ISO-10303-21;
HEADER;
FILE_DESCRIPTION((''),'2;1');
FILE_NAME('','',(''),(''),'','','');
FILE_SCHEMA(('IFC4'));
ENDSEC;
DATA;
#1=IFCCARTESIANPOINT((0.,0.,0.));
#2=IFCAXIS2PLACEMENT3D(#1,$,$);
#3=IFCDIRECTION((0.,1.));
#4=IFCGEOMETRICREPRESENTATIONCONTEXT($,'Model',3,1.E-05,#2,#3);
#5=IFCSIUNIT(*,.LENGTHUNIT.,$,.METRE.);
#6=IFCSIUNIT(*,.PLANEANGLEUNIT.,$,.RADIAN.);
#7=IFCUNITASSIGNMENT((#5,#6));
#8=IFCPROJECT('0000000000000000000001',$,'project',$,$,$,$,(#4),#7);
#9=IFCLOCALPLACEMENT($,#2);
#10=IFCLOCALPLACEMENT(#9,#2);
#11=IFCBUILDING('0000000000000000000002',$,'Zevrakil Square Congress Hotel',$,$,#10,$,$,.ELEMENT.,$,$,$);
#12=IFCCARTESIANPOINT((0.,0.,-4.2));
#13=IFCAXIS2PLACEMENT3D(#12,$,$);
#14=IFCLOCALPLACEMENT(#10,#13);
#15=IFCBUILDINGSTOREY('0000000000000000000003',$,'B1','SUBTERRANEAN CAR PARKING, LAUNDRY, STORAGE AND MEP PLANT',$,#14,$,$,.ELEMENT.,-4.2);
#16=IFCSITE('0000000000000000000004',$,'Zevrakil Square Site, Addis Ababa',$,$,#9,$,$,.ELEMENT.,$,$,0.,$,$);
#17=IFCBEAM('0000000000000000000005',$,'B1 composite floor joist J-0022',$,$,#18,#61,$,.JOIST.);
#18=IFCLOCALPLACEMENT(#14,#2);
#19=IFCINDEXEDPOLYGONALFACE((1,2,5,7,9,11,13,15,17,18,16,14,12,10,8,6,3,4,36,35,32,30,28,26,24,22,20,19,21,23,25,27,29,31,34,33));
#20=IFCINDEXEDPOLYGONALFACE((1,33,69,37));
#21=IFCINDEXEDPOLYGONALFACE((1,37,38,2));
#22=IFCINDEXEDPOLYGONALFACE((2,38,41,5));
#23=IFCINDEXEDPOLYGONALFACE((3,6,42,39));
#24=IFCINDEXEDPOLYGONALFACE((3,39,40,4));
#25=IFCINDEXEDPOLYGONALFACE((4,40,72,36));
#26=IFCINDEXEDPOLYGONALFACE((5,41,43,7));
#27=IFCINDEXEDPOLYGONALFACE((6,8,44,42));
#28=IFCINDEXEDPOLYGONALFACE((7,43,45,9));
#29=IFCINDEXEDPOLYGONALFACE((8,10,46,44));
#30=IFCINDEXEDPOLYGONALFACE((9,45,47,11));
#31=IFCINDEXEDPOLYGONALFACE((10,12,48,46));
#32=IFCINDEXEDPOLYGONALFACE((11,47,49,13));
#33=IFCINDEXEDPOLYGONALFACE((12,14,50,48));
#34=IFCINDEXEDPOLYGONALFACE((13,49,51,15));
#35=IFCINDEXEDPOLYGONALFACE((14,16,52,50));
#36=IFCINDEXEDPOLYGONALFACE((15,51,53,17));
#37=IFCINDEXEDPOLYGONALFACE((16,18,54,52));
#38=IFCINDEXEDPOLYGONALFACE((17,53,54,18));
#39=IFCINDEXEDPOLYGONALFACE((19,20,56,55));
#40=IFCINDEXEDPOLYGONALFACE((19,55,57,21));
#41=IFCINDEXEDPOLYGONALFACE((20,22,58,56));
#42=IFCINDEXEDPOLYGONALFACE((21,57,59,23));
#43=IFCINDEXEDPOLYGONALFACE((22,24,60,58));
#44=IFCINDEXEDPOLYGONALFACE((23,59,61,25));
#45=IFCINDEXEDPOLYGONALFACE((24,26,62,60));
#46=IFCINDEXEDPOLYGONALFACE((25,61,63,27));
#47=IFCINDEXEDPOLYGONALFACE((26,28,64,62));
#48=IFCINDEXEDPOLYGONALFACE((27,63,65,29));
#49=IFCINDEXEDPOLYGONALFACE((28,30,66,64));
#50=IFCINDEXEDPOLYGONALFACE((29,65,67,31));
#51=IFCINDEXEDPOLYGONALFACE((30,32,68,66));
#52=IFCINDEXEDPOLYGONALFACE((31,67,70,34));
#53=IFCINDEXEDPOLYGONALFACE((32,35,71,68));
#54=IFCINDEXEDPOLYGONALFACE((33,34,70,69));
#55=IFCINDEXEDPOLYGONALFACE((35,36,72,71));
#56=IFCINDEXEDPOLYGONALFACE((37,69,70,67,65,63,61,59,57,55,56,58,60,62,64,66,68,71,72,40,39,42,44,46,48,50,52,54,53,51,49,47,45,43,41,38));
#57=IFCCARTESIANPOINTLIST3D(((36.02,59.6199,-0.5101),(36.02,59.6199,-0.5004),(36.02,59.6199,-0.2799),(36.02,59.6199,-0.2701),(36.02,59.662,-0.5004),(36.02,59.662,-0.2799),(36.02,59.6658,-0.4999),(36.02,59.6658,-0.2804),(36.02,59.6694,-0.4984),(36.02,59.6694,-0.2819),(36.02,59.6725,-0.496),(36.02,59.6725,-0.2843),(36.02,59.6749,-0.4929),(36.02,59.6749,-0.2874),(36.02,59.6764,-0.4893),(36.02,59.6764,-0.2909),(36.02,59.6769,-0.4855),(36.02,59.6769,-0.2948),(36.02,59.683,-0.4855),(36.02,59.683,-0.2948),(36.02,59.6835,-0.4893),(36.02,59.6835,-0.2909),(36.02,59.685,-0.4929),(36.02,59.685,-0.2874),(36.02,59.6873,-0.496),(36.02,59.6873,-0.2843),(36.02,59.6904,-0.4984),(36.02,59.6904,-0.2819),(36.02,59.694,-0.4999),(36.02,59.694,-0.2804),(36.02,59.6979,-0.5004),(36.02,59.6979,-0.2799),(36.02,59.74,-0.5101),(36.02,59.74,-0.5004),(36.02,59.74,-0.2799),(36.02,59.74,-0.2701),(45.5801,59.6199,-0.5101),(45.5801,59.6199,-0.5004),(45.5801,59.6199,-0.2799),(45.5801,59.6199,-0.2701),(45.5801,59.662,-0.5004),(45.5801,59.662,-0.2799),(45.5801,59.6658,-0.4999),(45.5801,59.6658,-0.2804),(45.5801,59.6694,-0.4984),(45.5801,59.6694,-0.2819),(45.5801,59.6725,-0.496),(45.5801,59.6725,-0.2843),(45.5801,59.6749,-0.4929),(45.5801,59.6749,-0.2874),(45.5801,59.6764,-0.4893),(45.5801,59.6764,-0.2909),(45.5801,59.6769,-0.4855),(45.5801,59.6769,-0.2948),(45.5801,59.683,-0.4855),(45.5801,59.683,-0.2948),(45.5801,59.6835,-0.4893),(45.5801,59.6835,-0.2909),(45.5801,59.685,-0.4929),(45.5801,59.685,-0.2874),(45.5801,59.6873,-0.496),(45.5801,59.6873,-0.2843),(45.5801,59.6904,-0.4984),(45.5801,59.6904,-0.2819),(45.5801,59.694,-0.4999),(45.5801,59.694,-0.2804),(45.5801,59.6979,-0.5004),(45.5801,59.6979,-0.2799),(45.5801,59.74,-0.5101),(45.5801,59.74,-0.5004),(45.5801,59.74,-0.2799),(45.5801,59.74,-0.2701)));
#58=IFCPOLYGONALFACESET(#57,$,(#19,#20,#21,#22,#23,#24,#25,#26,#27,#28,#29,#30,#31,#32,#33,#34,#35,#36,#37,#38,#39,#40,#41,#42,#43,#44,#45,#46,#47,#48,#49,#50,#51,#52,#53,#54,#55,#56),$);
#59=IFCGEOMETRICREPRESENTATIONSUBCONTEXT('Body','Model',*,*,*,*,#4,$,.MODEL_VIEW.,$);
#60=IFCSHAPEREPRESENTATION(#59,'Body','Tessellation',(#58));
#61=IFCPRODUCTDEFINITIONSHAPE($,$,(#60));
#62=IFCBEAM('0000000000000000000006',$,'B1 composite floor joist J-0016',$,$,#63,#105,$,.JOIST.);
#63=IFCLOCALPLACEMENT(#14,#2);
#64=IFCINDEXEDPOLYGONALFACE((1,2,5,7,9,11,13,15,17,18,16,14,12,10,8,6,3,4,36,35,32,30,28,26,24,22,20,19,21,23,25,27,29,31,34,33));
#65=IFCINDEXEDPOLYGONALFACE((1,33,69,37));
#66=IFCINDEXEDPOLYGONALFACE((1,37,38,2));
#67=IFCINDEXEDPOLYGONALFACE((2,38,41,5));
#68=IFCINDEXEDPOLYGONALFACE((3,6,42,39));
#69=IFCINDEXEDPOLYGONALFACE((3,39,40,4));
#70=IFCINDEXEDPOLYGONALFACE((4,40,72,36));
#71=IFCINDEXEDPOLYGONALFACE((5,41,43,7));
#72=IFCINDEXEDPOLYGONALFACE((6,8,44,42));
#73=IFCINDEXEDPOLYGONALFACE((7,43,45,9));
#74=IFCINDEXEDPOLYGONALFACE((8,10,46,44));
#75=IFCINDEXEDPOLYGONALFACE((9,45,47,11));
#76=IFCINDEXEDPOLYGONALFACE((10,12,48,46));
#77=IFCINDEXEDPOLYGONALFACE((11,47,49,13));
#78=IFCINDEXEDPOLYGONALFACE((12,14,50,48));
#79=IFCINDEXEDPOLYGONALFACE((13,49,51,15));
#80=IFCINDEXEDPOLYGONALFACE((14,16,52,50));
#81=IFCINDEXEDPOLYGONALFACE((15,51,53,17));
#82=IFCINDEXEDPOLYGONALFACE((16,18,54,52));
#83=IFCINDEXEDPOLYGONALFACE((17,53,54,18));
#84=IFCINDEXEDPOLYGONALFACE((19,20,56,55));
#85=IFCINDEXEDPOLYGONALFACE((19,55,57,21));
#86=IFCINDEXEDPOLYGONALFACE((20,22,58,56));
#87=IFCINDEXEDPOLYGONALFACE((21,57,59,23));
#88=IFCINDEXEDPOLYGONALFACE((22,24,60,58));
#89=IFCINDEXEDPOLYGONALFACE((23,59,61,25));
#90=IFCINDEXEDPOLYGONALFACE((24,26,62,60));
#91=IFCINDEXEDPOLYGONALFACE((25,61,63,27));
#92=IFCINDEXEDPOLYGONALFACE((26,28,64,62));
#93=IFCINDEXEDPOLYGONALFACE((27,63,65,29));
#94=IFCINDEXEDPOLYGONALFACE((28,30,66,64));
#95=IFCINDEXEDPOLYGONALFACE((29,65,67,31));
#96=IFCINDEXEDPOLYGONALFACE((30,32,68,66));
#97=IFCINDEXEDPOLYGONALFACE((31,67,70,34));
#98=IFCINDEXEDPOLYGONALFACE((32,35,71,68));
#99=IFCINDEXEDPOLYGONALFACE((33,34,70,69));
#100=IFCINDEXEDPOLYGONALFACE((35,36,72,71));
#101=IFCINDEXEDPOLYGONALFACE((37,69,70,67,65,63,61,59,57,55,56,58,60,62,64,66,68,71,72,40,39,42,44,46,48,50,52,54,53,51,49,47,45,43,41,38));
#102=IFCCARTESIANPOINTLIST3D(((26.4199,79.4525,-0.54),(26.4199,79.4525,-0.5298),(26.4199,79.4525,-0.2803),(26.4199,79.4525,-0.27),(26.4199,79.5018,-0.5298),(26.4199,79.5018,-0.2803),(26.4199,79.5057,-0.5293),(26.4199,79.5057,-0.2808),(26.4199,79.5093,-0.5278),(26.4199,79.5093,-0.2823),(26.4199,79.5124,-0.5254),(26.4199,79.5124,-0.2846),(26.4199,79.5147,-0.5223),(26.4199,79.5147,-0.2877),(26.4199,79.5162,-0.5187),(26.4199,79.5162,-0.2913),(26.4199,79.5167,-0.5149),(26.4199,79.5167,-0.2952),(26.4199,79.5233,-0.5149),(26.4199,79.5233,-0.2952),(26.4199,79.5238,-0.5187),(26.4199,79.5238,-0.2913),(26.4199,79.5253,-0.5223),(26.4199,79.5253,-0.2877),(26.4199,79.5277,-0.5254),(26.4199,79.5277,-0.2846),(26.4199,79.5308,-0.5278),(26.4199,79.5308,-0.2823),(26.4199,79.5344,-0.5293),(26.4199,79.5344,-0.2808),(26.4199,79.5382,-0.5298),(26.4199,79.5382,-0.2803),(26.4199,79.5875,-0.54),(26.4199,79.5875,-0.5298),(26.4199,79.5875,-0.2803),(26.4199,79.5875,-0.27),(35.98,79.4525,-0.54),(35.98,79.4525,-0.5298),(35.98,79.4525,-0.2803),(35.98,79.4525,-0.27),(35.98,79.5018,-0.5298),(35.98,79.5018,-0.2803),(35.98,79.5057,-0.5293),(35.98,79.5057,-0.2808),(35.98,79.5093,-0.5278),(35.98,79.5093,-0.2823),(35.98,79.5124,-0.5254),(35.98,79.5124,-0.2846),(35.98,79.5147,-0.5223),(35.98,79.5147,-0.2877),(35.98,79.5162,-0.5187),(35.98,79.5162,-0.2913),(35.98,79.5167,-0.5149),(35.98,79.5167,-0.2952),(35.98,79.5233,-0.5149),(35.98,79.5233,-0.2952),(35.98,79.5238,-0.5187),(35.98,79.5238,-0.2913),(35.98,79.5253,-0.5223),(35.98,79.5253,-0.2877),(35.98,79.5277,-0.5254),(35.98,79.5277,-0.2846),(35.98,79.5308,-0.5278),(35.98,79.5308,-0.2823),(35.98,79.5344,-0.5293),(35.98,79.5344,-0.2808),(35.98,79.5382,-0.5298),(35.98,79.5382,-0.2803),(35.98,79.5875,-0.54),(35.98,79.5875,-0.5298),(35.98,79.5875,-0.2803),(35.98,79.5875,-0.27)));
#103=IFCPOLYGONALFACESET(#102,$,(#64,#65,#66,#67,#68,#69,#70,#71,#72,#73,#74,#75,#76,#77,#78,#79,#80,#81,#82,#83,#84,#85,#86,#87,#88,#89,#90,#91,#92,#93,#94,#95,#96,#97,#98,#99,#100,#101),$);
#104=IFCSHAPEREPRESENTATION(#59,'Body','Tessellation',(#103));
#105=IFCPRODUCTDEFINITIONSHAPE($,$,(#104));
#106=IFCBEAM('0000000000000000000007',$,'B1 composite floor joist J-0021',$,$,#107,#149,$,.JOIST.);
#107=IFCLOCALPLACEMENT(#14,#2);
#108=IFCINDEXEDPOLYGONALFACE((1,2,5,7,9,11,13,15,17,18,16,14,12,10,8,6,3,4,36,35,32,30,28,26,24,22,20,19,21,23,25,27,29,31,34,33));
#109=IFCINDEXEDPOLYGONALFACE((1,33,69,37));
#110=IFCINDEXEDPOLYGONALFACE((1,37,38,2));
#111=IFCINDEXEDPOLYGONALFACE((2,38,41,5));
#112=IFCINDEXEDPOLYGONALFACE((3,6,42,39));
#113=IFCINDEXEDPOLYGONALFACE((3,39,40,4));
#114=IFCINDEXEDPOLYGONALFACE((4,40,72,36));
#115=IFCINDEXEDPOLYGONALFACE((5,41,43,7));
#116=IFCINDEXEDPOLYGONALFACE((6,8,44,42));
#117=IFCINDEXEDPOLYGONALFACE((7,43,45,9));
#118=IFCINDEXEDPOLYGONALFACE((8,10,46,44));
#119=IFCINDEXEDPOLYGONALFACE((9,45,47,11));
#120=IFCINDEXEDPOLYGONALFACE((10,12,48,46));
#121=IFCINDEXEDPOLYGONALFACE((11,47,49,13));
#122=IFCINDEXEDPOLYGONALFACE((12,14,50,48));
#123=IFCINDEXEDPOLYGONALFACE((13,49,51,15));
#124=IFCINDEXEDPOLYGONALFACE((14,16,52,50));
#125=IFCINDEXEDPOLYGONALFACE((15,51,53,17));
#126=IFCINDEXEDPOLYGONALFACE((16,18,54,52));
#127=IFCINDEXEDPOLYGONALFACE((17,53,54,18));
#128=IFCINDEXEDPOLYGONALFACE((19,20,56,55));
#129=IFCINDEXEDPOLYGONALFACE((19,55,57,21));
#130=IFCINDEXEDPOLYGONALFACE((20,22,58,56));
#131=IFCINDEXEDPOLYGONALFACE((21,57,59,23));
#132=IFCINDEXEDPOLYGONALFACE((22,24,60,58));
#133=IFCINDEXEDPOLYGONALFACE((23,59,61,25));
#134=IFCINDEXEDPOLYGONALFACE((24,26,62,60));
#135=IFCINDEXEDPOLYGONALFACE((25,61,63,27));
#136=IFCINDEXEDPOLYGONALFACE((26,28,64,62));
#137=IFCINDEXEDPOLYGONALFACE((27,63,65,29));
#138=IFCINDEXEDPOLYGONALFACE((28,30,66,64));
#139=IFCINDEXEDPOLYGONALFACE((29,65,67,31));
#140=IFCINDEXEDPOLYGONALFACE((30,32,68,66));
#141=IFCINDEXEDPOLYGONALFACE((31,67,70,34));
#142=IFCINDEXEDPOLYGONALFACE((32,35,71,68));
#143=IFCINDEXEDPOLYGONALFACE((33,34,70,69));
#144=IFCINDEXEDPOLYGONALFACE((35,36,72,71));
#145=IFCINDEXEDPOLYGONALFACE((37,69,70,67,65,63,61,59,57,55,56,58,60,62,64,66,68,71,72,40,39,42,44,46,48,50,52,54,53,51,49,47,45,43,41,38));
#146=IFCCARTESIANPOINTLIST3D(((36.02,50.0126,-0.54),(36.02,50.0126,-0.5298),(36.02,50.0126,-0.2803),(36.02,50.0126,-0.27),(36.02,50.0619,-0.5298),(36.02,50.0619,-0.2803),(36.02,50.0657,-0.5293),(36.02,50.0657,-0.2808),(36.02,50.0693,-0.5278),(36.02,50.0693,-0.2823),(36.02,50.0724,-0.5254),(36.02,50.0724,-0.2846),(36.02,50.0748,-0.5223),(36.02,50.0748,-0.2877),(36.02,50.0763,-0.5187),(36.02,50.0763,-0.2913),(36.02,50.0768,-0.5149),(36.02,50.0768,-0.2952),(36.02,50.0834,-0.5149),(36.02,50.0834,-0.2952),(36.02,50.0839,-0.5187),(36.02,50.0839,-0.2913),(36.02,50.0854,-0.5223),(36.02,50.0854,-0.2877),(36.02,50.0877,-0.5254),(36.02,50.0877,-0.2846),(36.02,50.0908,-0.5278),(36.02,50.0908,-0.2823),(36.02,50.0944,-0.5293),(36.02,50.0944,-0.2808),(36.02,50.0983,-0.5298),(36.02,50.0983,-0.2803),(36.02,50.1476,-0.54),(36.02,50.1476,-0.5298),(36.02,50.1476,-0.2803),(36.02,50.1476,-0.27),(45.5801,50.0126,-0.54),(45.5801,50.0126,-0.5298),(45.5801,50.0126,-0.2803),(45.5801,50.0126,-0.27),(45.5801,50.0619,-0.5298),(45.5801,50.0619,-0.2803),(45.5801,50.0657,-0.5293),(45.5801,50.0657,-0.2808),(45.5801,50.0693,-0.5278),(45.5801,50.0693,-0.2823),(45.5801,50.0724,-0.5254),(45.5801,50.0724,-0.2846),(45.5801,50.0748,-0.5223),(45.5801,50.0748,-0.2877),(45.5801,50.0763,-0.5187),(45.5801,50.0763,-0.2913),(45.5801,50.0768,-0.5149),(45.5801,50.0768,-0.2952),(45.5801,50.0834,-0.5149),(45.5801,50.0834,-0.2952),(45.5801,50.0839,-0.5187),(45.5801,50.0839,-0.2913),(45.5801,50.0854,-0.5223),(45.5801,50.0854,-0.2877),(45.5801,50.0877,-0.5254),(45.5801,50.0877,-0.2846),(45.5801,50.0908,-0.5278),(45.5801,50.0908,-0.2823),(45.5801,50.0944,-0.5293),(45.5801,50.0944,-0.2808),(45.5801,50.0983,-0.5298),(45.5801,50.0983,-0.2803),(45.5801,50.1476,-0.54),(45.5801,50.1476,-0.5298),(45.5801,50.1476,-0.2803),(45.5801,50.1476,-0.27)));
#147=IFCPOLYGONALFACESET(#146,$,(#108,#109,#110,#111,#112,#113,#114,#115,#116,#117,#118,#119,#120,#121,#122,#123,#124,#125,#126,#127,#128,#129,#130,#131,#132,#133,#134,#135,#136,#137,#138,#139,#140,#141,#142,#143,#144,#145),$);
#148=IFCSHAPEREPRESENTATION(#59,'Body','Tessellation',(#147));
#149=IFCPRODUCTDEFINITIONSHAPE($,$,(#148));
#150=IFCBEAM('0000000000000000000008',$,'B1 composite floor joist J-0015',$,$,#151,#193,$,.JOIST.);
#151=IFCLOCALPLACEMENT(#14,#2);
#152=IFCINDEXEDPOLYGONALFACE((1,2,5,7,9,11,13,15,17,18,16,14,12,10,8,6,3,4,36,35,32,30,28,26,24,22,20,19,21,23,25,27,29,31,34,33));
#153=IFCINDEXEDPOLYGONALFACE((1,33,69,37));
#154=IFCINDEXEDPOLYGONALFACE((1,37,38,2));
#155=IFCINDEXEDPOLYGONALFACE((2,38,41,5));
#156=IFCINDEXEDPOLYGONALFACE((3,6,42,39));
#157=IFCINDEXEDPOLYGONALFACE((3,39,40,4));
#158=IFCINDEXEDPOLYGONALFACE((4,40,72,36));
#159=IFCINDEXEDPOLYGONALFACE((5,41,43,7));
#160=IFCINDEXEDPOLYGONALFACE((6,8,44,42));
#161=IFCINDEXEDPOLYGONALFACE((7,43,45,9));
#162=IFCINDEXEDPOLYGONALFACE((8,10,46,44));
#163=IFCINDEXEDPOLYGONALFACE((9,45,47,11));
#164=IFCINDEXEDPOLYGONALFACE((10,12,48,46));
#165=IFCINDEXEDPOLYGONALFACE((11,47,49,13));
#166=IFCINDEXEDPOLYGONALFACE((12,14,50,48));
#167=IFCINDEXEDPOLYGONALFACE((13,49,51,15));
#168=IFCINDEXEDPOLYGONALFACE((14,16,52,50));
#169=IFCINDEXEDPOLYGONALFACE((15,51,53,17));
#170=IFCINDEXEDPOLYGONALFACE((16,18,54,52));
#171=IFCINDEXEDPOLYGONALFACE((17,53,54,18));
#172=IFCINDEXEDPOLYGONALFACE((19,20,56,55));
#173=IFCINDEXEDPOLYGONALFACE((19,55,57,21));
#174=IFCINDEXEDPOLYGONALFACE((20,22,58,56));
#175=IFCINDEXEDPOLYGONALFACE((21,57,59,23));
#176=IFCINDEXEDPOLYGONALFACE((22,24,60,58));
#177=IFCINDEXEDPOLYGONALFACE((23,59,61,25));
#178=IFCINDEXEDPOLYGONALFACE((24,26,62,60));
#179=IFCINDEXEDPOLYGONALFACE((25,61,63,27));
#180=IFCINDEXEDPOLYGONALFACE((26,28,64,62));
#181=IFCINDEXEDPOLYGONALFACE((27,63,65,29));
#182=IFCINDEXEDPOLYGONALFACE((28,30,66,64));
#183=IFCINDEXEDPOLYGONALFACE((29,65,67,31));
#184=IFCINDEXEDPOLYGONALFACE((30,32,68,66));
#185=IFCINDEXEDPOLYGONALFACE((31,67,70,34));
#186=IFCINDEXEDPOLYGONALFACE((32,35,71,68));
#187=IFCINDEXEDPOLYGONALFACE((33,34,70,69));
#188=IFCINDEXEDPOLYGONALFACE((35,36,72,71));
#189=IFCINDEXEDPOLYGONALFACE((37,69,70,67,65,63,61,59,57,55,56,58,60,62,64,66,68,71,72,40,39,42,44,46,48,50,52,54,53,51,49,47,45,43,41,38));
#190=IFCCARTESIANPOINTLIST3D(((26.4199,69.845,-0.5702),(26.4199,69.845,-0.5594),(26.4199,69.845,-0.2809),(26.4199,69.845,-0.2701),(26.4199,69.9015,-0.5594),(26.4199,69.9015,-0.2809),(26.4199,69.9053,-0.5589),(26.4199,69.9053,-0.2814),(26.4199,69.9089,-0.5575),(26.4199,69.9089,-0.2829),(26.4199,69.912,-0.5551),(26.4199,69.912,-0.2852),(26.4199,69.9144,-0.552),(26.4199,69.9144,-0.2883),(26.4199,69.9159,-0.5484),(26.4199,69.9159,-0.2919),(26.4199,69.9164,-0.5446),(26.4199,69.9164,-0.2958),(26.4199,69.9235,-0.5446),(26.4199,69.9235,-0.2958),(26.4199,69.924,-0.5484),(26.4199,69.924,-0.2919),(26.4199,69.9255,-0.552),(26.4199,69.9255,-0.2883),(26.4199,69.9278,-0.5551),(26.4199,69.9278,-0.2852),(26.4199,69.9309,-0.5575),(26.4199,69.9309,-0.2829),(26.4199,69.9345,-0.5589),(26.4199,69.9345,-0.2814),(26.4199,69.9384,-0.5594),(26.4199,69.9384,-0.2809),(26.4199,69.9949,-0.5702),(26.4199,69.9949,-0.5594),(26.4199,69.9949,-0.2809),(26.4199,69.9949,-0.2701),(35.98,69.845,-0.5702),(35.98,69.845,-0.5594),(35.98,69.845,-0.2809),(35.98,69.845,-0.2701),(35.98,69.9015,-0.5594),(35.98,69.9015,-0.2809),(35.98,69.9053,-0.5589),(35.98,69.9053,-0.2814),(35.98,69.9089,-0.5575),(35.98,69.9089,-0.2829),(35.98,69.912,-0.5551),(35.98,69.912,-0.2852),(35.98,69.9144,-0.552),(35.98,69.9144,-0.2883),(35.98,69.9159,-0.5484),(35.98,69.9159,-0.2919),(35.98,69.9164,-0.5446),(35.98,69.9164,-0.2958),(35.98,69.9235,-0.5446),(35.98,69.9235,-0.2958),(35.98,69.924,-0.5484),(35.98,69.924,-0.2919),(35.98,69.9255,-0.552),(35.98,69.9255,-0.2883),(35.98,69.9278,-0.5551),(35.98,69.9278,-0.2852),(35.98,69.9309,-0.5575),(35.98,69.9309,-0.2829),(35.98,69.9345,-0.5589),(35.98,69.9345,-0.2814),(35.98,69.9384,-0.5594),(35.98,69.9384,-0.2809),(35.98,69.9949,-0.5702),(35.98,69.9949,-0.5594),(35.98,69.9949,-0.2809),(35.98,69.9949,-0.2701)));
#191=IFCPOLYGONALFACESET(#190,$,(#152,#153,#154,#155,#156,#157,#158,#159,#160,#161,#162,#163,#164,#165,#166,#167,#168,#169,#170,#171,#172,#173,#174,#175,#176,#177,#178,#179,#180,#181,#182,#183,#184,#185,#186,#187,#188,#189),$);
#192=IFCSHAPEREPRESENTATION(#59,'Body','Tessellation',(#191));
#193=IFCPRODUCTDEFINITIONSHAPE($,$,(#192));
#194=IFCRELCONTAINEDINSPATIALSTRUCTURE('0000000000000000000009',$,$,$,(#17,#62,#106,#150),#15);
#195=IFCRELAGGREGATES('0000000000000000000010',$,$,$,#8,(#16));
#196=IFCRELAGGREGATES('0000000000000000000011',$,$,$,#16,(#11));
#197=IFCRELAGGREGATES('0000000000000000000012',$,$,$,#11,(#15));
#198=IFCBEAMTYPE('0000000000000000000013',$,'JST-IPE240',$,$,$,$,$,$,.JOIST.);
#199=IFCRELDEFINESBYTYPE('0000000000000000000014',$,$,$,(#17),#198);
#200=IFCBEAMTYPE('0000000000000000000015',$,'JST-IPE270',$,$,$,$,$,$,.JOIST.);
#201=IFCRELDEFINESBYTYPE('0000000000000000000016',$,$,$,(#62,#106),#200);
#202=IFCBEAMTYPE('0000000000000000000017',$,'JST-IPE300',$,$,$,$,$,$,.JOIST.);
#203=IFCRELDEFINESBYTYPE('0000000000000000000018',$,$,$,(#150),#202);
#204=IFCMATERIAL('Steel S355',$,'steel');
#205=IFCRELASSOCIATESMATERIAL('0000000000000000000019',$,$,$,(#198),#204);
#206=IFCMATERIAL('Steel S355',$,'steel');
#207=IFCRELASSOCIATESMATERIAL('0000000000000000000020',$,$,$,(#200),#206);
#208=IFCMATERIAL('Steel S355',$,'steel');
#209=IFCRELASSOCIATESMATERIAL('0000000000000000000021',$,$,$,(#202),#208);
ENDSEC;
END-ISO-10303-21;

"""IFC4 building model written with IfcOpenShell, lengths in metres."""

from ifc_helpers import new_model, si_unit, direction, frame, origin, origin_2d, place, context, subcontext, project, spatial, i_section, extrude, material, material_profile, profile_set, type_object, element, save


model = new_model("IFC4")

# Units and contexts
model_context = context("Model", 3, precision=1e-05, world=origin(), true_north=direction((0.0, 1.0)))
body_context = subcontext(model_context, "Body", "Model", "MODEL_VIEW")
ifc_project = project(units=[si_unit("LENGTHUNIT", "METRE"), si_unit("PLANEANGLEUNIT", "RADIAN")], contexts=[model_context])

# Site, building, storey
site_placement = place(None, origin())
site = spatial("IfcSite", under=ifc_project, at=site_placement, Name="Zevrakil Square Site, Addis Ababa", CompositionType="ELEMENT", RefElevation=0.0)
building_placement = place(site_placement, origin())
building = spatial("IfcBuilding", under=site, at=building_placement, Name="Zevrakil Square Congress Hotel", CompositionType="ELEMENT")
storey_placement = place(building_placement, frame((0.0, 0.0, -4.2)))
storey = spatial("IfcBuildingStorey", under=building, at=storey_placement, Name="B1", Description="SUBTERRANEAN CAR PARKING, LAUNDRY, STORAGE AND MEP PLANT", CompositionType="ELEMENT", Elevation=-4.2)

# Beams
ifc_material_1 = material(Name="Steel S355", Category="steel")
ifc_material_profile_1 = material_profile(ifc_material_1, i_section(OverallWidth=0.1201, OverallDepth=0.24, WebThickness=0.0061, FlangeThickness=0.0098, FilletRadius=0.0149, at=origin_2d()), Name="IPE 240")
ifc_profile_set_1 = profile_set([ifc_material_profile_1], Name="Steel S355")
beam_type_1 = type_object("IfcBeamType", Name="JST-IPE240", PredefinedType="JOIST", material=ifc_profile_set_1)
beam_1_placement = place(storey_placement, frame((36.02, 59.6799, -0.3901), z_axis=(1.0, 0.0, 0.0), x_axis=(0.0, 1.0, 0.0)))
element("IfcBeam", 1, at=beam_1_placement, inside=storey, type_object=beam_type_1, Name="B1 composite floor joist J-0022", PredefinedType="JOIST", context=body_context, shape_type="SweptSolid", body=[
    extrude(i_section(OverallWidth=0.1201, OverallDepth=0.24, WebThickness=0.0061, FlangeThickness=0.0098, FilletRadius=0.0149, at=origin_2d()), origin(), (0.0, 0.0, 1.0), 9.5601),
])
ifc_material_2 = material(Name="Steel S355", Category="steel")
ifc_material_profile_2 = material_profile(ifc_material_2, i_section(OverallWidth=0.135, OverallDepth=0.27, WebThickness=0.0066, FlangeThickness=0.0103, FilletRadius=0.0149, at=origin_2d()), Name="IPE 270")
ifc_profile_set_2 = profile_set([ifc_material_profile_2], Name="Steel S355")
beam_type_2 = type_object("IfcBeamType", Name="JST-IPE270", PredefinedType="JOIST", material=ifc_profile_set_2)
for number, where, z_axis, x_axis, name in (
    (2, (26.4199, 79.52, -0.405), (1.0, 0.0, 0.0), (0.0, 1.0, 0.0), "B1 composite floor joist J-0016"),
    (3, (36.02, 50.0801, -0.405), (1.0, 0.0, 0.0), (0.0, 1.0, 0.0), "B1 composite floor joist J-0021"),
):
    element("IfcBeam", number, at=place(storey_placement, frame(where, z_axis=z_axis, x_axis=x_axis)), inside=storey, type_object=beam_type_2, Name=name, PredefinedType="JOIST", context=body_context, shape_type="SweptSolid", body=[
        extrude(i_section(OverallWidth=0.135, OverallDepth=0.27, WebThickness=0.0066, FlangeThickness=0.0103, FilletRadius=0.0149, at=origin_2d()), origin(), (0.0, 0.0, 1.0), 9.5601),
    ])
ifc_material_3 = material(Name="Steel S355", Category="steel")
ifc_material_profile_3 = material_profile(ifc_material_3, i_section(OverallWidth=0.1499, OverallDepth=0.3, WebThickness=0.0071, FlangeThickness=0.0107, FilletRadius=0.0149, at=origin_2d()), Name="IPE 300")
ifc_profile_set_3 = profile_set([ifc_material_profile_3], Name="Steel S355")
beam_type_3 = type_object("IfcBeamType", Name="JST-IPE300", PredefinedType="JOIST", material=ifc_profile_set_3)
beam_2_placement = place(storey_placement, frame((26.4199, 69.9199, -0.4202), z_axis=(1.0, 0.0, 0.0), x_axis=(0.0, 1.0, 0.0)))
element("IfcBeam", 4, at=beam_2_placement, inside=storey, type_object=beam_type_3, Name="B1 composite floor joist J-0015", PredefinedType="JOIST", context=body_context, shape_type="SweptSolid", body=[
    extrude(i_section(OverallWidth=0.1499, OverallDepth=0.3, WebThickness=0.0071, FlangeThickness=0.0107, FilletRadius=0.0149, at=origin_2d()), origin(), (0.0, 0.0, 1.0), 9.5601),
])

save(model, "model.ifc")
